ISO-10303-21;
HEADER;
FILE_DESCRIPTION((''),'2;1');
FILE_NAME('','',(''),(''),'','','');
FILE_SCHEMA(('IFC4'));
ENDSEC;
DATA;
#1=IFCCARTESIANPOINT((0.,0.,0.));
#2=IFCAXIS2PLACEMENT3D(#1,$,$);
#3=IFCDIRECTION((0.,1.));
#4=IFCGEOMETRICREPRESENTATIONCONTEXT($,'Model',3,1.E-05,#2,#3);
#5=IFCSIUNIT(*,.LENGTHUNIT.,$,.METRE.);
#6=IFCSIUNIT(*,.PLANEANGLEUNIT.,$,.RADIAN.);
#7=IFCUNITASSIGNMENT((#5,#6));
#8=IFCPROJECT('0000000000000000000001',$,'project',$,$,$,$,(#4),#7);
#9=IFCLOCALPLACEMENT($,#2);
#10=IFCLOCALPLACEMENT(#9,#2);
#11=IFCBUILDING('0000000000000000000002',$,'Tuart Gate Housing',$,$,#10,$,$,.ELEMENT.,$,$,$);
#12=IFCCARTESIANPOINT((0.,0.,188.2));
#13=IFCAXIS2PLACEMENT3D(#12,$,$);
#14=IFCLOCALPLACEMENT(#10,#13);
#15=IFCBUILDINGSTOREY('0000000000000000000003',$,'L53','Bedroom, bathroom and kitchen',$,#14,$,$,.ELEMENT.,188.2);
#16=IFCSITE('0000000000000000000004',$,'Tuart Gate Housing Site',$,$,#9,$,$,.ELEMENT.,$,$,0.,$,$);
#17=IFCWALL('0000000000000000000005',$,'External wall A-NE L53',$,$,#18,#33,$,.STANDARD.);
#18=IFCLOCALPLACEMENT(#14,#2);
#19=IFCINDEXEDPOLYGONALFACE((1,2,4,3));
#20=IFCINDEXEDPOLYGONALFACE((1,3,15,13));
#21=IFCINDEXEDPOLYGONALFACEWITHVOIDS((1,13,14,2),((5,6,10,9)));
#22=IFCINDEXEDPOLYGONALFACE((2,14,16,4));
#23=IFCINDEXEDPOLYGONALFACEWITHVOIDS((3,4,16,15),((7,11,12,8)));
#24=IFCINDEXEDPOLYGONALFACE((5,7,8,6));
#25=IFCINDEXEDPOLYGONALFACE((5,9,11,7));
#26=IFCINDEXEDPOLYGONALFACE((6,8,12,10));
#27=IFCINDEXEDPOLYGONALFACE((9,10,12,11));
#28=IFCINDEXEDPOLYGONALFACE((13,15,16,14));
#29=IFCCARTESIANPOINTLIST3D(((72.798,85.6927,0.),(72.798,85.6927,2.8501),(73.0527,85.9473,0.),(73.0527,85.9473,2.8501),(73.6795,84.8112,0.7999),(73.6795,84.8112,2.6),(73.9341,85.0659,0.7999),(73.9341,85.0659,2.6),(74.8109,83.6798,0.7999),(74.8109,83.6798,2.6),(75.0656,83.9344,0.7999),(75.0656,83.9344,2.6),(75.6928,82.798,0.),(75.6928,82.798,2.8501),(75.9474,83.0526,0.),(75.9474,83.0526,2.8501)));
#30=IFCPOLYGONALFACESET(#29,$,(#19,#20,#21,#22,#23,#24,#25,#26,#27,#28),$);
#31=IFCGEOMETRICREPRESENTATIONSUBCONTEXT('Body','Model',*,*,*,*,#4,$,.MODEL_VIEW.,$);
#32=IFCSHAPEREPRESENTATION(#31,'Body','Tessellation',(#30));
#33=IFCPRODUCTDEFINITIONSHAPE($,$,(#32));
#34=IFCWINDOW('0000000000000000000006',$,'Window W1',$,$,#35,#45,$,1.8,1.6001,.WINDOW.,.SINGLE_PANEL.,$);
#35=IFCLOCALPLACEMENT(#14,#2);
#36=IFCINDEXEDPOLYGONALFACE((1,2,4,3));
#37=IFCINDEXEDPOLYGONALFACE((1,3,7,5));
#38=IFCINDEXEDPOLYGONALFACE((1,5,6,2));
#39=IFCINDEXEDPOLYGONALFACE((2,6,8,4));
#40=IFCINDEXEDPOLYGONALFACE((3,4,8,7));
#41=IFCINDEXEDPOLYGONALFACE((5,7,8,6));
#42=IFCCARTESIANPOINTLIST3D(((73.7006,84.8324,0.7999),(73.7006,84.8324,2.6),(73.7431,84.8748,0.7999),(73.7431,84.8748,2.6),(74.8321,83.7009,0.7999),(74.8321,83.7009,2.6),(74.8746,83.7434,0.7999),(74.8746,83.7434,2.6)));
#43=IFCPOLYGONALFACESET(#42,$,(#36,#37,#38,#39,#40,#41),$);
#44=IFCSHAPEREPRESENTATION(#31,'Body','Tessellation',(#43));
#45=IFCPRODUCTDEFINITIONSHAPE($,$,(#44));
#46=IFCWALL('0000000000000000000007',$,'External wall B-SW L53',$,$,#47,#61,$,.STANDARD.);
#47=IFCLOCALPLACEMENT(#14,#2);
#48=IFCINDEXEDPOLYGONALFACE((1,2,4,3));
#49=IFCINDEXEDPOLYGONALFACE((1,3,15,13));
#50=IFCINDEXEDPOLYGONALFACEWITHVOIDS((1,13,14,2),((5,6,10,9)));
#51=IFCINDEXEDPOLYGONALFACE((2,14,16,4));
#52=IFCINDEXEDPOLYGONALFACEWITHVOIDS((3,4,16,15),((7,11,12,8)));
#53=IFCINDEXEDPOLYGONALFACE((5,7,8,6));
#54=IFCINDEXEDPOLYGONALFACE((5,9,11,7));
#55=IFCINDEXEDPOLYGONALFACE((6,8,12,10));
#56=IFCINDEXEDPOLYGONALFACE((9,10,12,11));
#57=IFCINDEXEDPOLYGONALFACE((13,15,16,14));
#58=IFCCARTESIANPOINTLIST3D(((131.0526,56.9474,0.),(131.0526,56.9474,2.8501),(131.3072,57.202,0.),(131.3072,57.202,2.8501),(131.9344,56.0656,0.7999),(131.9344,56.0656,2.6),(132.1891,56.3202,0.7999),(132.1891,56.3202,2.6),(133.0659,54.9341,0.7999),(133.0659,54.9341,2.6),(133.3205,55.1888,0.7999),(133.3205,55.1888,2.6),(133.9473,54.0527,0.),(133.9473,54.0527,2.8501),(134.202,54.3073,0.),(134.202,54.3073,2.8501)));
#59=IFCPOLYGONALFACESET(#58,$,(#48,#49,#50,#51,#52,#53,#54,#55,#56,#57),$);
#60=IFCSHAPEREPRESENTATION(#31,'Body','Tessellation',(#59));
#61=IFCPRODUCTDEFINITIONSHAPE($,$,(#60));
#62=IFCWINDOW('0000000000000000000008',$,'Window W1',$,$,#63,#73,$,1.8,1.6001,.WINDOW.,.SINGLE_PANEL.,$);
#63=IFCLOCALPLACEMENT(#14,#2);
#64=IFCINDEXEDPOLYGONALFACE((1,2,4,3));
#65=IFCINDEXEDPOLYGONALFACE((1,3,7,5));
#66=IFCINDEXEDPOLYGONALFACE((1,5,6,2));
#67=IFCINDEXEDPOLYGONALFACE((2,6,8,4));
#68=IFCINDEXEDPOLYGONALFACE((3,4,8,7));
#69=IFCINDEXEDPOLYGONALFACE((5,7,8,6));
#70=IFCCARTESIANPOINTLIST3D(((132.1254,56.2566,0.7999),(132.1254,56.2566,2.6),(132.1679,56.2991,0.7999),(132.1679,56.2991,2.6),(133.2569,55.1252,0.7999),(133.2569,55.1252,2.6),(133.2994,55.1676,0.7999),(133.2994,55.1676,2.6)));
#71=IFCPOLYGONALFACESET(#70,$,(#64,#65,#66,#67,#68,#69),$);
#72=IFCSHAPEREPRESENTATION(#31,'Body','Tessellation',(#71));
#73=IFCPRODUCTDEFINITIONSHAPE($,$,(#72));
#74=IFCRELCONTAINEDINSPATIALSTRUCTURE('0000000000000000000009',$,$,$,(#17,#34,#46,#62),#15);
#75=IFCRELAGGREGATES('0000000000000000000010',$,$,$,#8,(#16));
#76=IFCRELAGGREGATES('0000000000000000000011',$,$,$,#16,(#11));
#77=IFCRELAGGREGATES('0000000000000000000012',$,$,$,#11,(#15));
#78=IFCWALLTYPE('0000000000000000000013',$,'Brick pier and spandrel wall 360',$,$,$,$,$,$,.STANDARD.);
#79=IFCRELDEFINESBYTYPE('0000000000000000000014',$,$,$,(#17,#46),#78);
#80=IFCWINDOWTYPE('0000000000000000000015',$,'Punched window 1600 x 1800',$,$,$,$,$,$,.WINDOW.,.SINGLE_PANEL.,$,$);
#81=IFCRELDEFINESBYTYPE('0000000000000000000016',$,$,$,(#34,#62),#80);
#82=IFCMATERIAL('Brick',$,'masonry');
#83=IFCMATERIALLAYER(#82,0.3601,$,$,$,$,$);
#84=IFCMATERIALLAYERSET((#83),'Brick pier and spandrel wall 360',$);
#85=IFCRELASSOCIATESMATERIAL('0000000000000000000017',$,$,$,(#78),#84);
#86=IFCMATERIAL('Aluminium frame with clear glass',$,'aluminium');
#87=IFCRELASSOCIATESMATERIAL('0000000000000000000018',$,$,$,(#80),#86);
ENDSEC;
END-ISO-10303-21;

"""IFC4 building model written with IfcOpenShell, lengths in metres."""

from ifc_helpers import new_model, si_unit, direction, frame, frame_2d, origin, place, context, subcontext, project, spatial, rectangle, extrude, material, layer, layer_set, type_object, element, fill, save


model = new_model("IFC4")

# Units and contexts
model_context = context("Model", 3, precision=1e-05, world=origin(), true_north=direction((0.0, 1.0)))
body_context = subcontext(model_context, "Body", "Model", "MODEL_VIEW")
ifc_project = project(units=[si_unit("LENGTHUNIT", "METRE"), si_unit("PLANEANGLEUNIT", "RADIAN")], contexts=[model_context])

# Site, building, storey
site_placement = place(None, origin())
site = spatial("IfcSite", under=ifc_project, at=site_placement, Name="Tuart Gate Housing Site", CompositionType="ELEMENT", RefElevation=0.0)
building_placement = place(site_placement, origin())
building = spatial("IfcBuilding", under=site, at=building_placement, Name="Tuart Gate Housing", CompositionType="ELEMENT")
storey_placement = place(building_placement, frame((0.0, 0.0, 188.2)))
storey = spatial("IfcBuildingStorey", under=building, at=storey_placement, Name="L53", Description="Bedroom, bathroom and kitchen", CompositionType="ELEMENT", Elevation=188.2)

# Shared definitions
ifc_material_1 = material(Name="Brick", Category="masonry")
ifc_layer_1 = layer(ifc_material_1, 0.3601)
ifc_layer_set_1 = layer_set([ifc_layer_1], Name="Brick pier and spandrel wall 360")
wall_type_1 = type_object("IfcWallType", Name="Brick pier and spandrel wall 360", PredefinedType="STANDARD", material=ifc_layer_set_1)
ifc_material_2 = material(Name="Aluminium frame with clear glass", Category="aluminium")
window_type_1 = type_object("IfcWindowType", Name="Punched window 1600 x 1800", PartitioningType="SINGLE_PANEL", PredefinedType="WINDOW", material=ifc_material_2)

# Walls, openings, windows
wall_1_placement = place(storey_placement, frame((75.8201, 82.9253, 0.0), z_axis=(0.0, 0.0, 1.0), x_axis=(-0.707107, 0.707107, 0.0)))
wall_1 = element("IfcWall", 1, at=wall_1_placement, inside=storey, type_object=wall_type_1, Name="External wall A-NE L53", PredefinedType="STANDARD", context=body_context, shape_type="SweptSolid", body=[
    extrude(rectangle(XDim=4.0938, YDim=0.3601, at=frame_2d((2.0469, 0.0))), origin(), (0.0, 0.0, 1.0), 2.8501),
])
opening_1_placement = place(wall_1_placement, frame((1.2471, 0.0, 0.8)))
opening_1 = element("IfcOpeningElement", 2, at=opening_1_placement, cuts=wall_1, PredefinedType="OPENING", context=body_context, shape_type="SweptSolid", body=[
    extrude(rectangle(XDim=1.6001, YDim=1.8, at=frame_2d((0.8, 0.8999))), frame((0.0, 0.1899, 0.0), z_axis=(0.0, -1.0, 0.0), x_axis=(1.0, 0.0, 0.0)), (0.0, 0.0, 1.0), 0.3801),
])
window_1_placement = place(opening_1_placement, origin())
window_1 = element("IfcWindow", 3, at=window_1_placement, inside=storey, type_object=window_type_1, Name="Window W1", OverallHeight=1.8, OverallWidth=1.6001, PartitioningType="SINGLE_PANEL", PredefinedType="WINDOW", context=body_context, shape_type="SweptSolid", body=[
    extrude(rectangle(XDim=1.6001, YDim=1.8, at=frame_2d((0.8, 0.8999))), frame((0.0, 0.1501, 0.0), z_axis=(0.0, -1.0, 0.0), x_axis=(1.0, 0.0, 0.0)), (0.0, 0.0, 1.0), 0.0601),
])
fill(opening_1, window_1)
wall_2_placement = place(storey_placement, frame((131.1799, 57.0747, 0.0), z_axis=(0.0, 0.0, 1.0), x_axis=(0.707107, -0.707107, 0.0)))
wall_2 = element("IfcWall", 4, at=wall_2_placement, inside=storey, type_object=wall_type_1, Name="External wall B-SW L53", PredefinedType="STANDARD", context=body_context, shape_type="SweptSolid", body=[
    extrude(rectangle(XDim=4.0938, YDim=0.3601, at=frame_2d((2.0469, 0.0))), origin(), (0.0, 0.0, 1.0), 2.8501),
])
opening_2_placement = place(wall_2_placement, frame((1.2471, 0.0, 0.8)))
opening_2 = element("IfcOpeningElement", 5, at=opening_2_placement, cuts=wall_2, PredefinedType="OPENING", context=body_context, shape_type="SweptSolid", body=[
    extrude(rectangle(XDim=1.6001, YDim=1.8, at=frame_2d((0.8, 0.8999))), frame((0.0, 0.1899, 0.0), z_axis=(0.0, -1.0, 0.0), x_axis=(1.0, 0.0, 0.0)), (0.0, 0.0, 1.0), 0.3801),
])
window_2_placement = place(opening_2_placement, origin())
window_2 = element("IfcWindow", 6, at=window_2_placement, inside=storey, type_object=window_type_1, Name="Window W1", OverallHeight=1.8, OverallWidth=1.6001, PartitioningType="SINGLE_PANEL", PredefinedType="WINDOW", context=body_context, shape_type="SweptSolid", body=[
    extrude(rectangle(XDim=1.6001, YDim=1.8, at=frame_2d((0.8, 0.8999))), frame((0.0, 0.1501, 0.0), z_axis=(0.0, -1.0, 0.0), x_axis=(1.0, 0.0, 0.0)), (0.0, 0.0, 1.0), 0.0601),
])
fill(opening_2, window_2)

save(model, "model.ifc")
